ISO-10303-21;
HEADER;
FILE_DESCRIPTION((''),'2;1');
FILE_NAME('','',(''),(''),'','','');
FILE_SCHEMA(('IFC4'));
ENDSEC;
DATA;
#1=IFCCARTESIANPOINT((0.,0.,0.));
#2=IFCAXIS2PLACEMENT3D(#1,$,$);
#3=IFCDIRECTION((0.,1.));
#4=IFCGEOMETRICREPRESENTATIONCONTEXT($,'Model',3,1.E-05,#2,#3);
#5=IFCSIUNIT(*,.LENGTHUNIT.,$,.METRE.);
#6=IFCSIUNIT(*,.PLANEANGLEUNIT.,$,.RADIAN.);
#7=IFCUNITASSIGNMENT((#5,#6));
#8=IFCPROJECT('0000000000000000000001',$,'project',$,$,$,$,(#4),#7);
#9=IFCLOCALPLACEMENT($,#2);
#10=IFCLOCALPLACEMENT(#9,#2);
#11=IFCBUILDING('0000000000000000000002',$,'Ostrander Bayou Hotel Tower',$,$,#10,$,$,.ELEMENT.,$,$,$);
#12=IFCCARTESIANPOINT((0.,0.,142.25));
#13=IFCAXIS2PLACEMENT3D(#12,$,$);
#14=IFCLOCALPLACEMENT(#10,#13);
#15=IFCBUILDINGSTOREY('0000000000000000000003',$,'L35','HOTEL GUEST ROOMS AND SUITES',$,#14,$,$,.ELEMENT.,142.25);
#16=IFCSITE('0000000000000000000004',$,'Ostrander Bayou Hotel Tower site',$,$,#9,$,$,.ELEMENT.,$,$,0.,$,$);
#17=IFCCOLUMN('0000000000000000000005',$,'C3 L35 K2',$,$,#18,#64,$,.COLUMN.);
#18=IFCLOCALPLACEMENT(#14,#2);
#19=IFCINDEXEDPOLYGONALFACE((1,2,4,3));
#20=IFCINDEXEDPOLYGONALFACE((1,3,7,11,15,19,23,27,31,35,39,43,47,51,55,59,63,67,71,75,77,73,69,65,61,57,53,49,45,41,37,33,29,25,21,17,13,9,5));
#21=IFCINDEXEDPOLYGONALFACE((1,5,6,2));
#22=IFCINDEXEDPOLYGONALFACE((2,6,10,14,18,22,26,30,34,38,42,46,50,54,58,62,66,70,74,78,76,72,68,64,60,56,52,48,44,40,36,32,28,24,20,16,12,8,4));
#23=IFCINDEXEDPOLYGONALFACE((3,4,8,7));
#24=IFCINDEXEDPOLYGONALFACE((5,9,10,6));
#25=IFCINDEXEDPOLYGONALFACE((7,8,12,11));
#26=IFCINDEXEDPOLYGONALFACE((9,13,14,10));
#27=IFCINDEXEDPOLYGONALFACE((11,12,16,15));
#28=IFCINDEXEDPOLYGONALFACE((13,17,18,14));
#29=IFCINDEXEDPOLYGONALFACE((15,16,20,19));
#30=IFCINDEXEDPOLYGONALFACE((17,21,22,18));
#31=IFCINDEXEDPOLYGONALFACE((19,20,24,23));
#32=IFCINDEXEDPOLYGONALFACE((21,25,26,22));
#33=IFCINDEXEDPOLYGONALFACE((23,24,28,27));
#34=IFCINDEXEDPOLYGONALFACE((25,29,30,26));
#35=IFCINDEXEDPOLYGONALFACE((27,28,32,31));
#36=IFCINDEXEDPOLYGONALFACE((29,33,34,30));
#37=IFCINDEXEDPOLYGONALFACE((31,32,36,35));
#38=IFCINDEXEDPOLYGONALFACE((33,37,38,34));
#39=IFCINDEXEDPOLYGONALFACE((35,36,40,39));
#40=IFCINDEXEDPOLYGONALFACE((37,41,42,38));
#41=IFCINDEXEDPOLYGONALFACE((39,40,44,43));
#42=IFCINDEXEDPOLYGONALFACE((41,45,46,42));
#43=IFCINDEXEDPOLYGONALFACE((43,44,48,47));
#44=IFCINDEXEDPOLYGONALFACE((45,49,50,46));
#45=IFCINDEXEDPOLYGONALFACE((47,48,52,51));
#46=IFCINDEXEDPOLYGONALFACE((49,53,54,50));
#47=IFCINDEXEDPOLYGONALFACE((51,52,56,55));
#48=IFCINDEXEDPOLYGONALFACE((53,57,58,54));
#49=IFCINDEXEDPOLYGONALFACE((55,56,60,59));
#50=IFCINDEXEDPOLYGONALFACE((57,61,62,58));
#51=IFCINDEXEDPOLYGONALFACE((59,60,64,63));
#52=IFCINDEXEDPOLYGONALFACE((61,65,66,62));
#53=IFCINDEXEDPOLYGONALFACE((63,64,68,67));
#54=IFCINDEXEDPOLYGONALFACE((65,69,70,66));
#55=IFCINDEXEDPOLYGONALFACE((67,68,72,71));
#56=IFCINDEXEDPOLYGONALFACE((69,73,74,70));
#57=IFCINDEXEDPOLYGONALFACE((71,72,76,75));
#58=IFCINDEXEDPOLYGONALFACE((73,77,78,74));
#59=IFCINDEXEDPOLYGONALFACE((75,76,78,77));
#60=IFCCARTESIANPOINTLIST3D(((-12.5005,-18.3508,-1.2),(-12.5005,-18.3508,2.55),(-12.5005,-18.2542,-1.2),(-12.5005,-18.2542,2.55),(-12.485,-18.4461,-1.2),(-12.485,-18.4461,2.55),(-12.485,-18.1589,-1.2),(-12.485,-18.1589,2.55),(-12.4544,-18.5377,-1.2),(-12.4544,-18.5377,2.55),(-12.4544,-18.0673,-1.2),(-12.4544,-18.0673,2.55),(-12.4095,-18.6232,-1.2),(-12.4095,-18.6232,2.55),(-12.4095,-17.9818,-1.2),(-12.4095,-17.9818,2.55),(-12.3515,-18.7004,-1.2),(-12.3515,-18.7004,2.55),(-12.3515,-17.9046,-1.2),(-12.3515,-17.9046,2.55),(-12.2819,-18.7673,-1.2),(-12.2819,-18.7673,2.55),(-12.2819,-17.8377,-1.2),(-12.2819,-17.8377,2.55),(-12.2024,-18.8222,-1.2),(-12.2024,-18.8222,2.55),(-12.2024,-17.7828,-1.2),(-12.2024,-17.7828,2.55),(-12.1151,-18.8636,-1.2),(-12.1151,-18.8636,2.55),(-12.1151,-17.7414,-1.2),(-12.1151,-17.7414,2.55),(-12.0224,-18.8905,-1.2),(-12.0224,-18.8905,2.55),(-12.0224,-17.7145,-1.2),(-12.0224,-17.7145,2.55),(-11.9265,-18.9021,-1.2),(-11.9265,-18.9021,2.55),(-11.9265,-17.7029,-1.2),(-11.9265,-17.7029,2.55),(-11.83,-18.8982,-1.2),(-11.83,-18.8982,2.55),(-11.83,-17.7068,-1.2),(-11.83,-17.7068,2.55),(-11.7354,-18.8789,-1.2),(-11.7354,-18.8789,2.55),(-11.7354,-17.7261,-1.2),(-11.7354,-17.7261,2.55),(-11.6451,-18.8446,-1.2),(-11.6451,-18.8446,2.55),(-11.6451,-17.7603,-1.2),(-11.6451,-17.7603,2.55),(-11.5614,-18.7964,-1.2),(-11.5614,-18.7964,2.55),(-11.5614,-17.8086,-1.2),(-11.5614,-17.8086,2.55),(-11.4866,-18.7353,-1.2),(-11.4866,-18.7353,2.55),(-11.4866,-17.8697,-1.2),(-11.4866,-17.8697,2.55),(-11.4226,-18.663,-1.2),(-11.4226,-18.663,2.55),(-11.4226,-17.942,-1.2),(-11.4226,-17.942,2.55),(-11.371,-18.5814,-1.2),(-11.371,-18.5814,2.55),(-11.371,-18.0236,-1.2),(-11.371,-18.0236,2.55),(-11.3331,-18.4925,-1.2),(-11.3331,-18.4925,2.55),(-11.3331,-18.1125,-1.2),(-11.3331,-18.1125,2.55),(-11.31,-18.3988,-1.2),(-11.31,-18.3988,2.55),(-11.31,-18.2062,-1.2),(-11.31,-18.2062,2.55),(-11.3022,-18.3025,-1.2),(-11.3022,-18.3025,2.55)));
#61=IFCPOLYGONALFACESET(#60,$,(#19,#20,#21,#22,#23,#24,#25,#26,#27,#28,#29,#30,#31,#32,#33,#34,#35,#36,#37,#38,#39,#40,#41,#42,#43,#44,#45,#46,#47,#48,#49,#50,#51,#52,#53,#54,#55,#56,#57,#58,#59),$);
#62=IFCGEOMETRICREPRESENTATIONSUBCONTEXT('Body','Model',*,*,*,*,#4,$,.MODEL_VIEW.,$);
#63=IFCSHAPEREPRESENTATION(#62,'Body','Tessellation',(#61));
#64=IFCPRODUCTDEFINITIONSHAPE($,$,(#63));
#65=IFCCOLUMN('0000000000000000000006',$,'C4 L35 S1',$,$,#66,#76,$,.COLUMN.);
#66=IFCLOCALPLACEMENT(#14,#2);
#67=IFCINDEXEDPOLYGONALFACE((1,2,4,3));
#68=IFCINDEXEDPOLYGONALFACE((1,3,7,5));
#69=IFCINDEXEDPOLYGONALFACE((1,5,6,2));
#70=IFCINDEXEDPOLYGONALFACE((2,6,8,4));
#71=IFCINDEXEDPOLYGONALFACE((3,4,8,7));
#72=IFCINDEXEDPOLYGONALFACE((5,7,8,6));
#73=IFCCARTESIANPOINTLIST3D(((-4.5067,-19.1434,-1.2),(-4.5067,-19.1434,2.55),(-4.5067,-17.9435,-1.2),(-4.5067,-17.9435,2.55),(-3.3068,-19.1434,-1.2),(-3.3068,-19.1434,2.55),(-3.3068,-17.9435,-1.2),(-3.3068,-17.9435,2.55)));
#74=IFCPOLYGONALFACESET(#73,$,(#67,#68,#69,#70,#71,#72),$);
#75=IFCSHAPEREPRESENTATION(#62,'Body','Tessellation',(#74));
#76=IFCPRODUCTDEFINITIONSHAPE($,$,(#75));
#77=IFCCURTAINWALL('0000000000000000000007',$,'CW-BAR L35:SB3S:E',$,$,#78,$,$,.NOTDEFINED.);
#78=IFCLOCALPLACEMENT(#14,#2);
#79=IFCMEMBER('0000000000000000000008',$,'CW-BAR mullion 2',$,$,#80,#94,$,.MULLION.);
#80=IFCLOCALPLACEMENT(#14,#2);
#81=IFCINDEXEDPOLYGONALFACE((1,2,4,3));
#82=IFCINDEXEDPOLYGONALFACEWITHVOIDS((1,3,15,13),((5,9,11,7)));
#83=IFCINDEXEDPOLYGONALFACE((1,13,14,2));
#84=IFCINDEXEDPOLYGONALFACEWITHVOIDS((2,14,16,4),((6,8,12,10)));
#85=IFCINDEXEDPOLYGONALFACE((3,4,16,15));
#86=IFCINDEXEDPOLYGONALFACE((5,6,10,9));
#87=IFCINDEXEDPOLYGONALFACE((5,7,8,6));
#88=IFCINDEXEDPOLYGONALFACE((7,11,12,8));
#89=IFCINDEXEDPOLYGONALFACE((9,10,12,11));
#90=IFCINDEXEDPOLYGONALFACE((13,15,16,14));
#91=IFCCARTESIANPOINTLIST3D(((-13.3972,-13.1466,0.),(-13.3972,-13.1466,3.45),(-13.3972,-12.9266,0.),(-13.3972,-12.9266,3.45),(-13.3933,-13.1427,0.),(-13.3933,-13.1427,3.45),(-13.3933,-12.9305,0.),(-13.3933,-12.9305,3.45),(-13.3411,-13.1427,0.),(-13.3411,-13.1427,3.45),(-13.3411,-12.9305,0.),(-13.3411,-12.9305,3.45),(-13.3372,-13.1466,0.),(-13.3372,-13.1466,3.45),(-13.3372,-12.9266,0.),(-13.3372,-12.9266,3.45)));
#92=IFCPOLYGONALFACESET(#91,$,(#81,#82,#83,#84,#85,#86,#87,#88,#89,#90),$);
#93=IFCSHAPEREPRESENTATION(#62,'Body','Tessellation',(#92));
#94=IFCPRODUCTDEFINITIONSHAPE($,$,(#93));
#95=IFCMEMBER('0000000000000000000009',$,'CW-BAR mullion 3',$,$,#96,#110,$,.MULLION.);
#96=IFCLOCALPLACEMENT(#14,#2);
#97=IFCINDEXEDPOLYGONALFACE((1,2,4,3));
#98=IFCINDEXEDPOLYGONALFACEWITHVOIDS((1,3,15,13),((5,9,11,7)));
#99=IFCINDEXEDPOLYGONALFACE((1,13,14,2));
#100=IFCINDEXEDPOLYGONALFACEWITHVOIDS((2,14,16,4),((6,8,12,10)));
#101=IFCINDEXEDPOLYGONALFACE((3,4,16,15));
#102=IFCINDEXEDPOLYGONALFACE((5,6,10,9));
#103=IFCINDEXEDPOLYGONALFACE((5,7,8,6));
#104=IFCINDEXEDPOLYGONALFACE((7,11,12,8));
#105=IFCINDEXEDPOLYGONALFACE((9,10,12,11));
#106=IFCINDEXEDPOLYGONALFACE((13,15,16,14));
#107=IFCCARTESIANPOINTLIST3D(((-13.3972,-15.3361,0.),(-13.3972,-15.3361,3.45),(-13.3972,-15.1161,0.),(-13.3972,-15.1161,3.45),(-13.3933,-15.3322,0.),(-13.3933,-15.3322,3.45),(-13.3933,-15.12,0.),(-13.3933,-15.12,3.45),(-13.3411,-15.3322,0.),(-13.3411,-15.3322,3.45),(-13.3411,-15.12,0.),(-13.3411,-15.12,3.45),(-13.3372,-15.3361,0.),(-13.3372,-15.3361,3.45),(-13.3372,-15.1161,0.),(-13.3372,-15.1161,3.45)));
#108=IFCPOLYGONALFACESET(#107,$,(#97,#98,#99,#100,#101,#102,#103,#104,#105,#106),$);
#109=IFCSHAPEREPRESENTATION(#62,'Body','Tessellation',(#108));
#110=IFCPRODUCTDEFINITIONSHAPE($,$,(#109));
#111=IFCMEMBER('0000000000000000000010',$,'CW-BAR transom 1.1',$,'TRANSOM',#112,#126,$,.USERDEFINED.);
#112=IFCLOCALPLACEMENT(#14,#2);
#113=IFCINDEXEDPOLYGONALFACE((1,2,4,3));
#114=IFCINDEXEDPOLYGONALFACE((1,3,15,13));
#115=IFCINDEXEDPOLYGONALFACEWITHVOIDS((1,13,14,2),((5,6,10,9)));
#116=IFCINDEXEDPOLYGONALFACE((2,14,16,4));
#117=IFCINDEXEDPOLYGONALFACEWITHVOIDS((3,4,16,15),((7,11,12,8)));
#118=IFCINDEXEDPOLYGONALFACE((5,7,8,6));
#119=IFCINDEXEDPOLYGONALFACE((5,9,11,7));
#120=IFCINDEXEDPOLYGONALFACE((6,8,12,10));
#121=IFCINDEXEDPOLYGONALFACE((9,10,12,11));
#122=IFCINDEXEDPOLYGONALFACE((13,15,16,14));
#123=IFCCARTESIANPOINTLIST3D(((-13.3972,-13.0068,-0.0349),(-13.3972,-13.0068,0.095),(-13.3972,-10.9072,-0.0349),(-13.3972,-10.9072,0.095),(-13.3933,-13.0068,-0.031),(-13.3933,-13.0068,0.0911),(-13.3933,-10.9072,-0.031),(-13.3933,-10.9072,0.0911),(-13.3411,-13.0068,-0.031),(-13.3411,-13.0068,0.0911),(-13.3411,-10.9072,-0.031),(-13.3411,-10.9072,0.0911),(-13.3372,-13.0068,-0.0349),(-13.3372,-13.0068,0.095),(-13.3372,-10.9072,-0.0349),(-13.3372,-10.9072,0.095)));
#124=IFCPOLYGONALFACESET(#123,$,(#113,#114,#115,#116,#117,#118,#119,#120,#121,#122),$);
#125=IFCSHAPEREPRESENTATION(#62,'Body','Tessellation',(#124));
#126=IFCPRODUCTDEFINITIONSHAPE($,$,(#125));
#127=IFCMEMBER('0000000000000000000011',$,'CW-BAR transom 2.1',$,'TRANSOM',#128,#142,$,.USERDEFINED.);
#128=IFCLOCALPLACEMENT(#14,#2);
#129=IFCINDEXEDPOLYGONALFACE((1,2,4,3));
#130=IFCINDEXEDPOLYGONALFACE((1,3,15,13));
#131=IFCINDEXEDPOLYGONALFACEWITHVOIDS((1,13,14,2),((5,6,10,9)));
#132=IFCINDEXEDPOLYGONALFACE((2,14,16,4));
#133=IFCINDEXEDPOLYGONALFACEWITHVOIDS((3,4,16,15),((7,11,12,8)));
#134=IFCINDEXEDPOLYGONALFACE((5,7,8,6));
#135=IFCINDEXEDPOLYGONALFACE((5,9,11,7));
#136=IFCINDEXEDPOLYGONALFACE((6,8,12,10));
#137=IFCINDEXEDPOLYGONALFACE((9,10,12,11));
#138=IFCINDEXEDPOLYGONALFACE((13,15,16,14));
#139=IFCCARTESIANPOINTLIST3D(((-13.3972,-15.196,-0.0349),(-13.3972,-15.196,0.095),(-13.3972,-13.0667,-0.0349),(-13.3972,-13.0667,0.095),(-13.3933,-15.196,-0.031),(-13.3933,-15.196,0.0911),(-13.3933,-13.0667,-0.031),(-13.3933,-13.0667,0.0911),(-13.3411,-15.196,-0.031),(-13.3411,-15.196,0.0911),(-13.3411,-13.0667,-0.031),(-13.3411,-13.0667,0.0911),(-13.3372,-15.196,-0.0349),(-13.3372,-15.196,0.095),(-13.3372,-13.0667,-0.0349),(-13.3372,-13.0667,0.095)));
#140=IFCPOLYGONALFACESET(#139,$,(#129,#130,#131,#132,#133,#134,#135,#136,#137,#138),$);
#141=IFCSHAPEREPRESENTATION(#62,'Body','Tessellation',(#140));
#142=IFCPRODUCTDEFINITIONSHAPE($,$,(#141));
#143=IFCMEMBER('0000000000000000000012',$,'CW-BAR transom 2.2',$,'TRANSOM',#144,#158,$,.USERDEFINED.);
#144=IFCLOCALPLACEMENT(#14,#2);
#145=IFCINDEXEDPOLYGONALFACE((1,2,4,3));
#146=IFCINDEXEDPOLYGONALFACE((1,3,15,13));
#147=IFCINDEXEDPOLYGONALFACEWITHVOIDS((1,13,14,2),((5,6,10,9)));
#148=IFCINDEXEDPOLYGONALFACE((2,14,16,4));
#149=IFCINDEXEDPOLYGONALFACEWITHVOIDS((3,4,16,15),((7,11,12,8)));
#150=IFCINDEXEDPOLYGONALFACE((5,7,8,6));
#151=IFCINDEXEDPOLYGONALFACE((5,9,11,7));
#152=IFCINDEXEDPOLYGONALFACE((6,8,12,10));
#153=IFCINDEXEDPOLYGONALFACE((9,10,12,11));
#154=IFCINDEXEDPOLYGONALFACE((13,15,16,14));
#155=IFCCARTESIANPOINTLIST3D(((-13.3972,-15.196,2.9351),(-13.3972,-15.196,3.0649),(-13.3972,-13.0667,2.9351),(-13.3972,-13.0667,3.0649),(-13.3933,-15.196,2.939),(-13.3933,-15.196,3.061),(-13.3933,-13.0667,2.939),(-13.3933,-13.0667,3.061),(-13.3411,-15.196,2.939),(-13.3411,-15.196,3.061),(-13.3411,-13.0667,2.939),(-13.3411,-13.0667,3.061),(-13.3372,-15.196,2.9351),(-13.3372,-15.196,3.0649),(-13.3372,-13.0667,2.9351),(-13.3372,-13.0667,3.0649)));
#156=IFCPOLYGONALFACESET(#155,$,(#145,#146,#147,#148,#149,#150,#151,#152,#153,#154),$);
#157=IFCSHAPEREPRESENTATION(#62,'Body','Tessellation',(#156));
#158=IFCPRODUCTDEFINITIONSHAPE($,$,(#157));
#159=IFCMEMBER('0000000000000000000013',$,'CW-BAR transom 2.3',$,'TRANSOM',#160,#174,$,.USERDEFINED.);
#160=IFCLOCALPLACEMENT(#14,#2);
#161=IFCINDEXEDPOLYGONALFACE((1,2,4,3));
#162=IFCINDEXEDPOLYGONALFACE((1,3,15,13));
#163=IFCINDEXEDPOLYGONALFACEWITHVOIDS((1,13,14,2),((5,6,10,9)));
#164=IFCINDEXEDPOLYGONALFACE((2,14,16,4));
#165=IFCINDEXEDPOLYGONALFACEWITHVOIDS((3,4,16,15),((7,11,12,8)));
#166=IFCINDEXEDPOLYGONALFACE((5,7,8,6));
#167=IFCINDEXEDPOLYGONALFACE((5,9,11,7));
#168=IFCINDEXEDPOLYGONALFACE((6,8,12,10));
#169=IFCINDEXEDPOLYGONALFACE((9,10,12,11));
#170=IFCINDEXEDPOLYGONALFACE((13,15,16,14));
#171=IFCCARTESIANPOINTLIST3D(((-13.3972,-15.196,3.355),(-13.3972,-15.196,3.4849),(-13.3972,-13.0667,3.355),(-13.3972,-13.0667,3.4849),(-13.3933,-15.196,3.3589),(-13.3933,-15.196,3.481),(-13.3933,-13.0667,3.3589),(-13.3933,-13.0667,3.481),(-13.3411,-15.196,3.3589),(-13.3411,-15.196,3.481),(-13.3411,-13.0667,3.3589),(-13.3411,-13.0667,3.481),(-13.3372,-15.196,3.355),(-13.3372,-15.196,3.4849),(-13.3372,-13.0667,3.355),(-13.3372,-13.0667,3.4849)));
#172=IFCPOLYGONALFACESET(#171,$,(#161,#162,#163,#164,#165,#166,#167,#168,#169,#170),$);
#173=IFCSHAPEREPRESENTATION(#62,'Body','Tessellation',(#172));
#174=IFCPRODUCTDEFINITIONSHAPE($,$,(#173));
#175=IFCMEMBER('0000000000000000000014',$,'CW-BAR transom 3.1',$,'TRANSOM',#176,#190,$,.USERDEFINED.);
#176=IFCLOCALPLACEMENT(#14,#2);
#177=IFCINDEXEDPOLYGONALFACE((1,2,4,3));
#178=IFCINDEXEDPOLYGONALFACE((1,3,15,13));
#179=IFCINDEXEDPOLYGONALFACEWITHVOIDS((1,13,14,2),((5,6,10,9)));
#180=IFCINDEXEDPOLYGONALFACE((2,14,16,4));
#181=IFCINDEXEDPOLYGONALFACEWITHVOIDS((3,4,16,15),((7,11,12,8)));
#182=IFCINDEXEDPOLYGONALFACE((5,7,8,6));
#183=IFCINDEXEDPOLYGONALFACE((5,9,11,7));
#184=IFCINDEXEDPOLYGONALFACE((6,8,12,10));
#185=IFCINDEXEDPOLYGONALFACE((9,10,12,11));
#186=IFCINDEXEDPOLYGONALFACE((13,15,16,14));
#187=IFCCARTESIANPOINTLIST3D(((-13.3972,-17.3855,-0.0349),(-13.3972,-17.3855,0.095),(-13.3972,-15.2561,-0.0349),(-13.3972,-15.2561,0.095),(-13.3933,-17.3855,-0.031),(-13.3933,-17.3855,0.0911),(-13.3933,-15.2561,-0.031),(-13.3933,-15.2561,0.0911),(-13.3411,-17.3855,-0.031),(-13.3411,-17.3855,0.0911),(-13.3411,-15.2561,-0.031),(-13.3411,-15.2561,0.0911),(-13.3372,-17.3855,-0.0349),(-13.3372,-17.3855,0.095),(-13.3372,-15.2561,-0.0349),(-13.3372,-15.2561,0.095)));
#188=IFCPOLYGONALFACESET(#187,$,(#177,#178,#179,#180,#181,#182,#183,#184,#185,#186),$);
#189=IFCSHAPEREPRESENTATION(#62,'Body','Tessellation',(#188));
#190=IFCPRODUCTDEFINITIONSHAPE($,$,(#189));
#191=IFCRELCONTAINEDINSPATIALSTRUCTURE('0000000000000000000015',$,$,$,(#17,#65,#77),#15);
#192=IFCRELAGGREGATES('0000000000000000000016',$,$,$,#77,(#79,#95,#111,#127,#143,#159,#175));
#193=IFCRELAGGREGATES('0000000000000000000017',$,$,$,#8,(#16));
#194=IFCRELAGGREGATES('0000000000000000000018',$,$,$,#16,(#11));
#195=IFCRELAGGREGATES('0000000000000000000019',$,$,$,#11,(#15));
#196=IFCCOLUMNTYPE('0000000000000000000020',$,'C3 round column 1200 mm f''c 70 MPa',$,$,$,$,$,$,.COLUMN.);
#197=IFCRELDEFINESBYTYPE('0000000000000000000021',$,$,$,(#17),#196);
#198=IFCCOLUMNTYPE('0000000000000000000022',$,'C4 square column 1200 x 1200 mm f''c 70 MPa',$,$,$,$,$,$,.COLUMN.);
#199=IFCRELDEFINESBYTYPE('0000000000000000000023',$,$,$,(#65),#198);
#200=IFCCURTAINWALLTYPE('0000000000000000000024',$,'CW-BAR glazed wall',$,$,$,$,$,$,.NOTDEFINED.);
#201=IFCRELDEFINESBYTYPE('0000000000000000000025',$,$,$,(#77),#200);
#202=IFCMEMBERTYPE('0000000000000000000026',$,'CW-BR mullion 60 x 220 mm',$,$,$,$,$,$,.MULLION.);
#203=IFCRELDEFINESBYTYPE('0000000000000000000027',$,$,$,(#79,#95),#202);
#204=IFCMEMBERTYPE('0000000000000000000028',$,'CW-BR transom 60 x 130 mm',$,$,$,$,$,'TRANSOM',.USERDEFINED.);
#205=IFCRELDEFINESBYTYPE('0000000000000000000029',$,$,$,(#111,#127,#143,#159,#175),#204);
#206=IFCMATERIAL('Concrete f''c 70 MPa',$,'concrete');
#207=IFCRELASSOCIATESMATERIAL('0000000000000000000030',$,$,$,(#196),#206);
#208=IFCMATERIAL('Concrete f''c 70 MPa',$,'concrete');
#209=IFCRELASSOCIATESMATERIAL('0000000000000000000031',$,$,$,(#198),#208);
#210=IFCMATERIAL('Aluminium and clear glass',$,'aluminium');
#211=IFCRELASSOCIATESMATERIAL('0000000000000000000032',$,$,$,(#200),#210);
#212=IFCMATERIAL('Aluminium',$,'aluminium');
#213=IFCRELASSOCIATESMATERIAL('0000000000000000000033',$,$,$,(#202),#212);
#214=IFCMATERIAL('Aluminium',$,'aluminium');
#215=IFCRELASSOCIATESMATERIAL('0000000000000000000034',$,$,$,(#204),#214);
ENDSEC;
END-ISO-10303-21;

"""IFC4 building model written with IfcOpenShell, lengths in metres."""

from ifc_helpers import new_model, si_unit, direction, frame, origin, origin_2d, place, context, subcontext, project, spatial, rectangle, hollow_rectangle, circle, extrude, material, material_profile, profile_set, type_object, element, aggregate, save


model = new_model("IFC4")

# Units and contexts
model_context = context("Model", 3, precision=1e-05, world=origin(), true_north=direction((0.0, 1.0)))
body_context = subcontext(model_context, "Body", "Model", "MODEL_VIEW")
ifc_project = project(units=[si_unit("LENGTHUNIT", "METRE"), si_unit("PLANEANGLEUNIT", "RADIAN")], contexts=[model_context])

# Site, building, storey
site_placement = place(None, origin())
site = spatial("IfcSite", under=ifc_project, at=site_placement, Name="Ostrander Bayou Hotel Tower site", CompositionType="ELEMENT", RefElevation=0.0)
building_placement = place(site_placement, origin())
building = spatial("IfcBuilding", under=site, at=building_placement, Name="Ostrander Bayou Hotel Tower", CompositionType="ELEMENT")
storey_placement = place(building_placement, frame((0.0, 0.0, 142.25)))
storey = spatial("IfcBuildingStorey", under=building, at=storey_placement, Name="L35", Description="HOTEL GUEST ROOMS AND SUITES", CompositionType="ELEMENT", Elevation=142.25)

# Columns
ifc_material_1 = material(Name="Concrete f'c 70 MPa", Category="concrete")
ifc_material_profile_1 = material_profile(ifc_material_1, circle(Radius=0.6001, at=origin_2d()))
ifc_profile_set_1 = profile_set([ifc_material_profile_1], Name="Concrete f'c 70 MPa")
column_type_1 = type_object("IfcColumnType", Name="C3 round column 1200 mm f'c 70 MPa", PredefinedType="COLUMN", material=ifc_profile_set_1)
column_1_placement = place(storey_placement, frame((-11.9023, -18.3025, -1.2), z_axis=(0.0, 0.0, 1.0), x_axis=(1.0, 0.0, 0.0)))
element("IfcColumn", 1, at=column_1_placement, inside=storey, type_object=column_type_1, Name="C3 L35 K2", PredefinedType="COLUMN", context=body_context, shape_type="SweptSolid", body=[
    extrude(circle(Radius=0.6001, at=origin_2d()), origin(), (0.0, 0.0, 1.0), 3.75),
])
ifc_material_2 = material(Name="Concrete f'c 70 MPa", Category="concrete")
ifc_material_profile_2 = material_profile(ifc_material_2, rectangle(XDim=1.2, YDim=1.2, at=origin_2d()))
ifc_profile_set_2 = profile_set([ifc_material_profile_2], Name="Concrete f'c 70 MPa")
column_type_2 = type_object("IfcColumnType", Name="C4 square column 1200 x 1200 mm f'c 70 MPa", PredefinedType="COLUMN", material=ifc_profile_set_2)
column_2_placement = place(storey_placement, frame((-3.9067, -18.5435, -1.2), z_axis=(0.0, 0.0, 1.0), x_axis=(-1.0, 0.0, 0.0)))
element("IfcColumn", 2, at=column_2_placement, inside=storey, type_object=column_type_2, Name="C4 L35 S1", PredefinedType="COLUMN", context=body_context, shape_type="SweptSolid", body=[
    extrude(rectangle(XDim=1.2, YDim=1.2, at=origin_2d()), origin(), (0.0, 0.0, 1.0), 3.75),
])

# Curtain wall, members
ifc_material_3 = material(Name="Aluminium and clear glass", Category="aluminium")
curtain_wall_type = type_object("IfcCurtainWallType", Name="CW-BAR glazed wall", PredefinedType="NOTDEFINED", material=ifc_material_3)
curtain_wall_placement = place(storey_placement, origin())
curtain_wall = element("IfcCurtainWall", 3, at=curtain_wall_placement, inside=storey, type_object=curtain_wall_type, Name="CW-BAR L35:SB3S:E", PredefinedType="NOTDEFINED")
ifc_material_4 = material(Name="Aluminium", Category="aluminium")
ifc_material_profile_3 = material_profile(ifc_material_4, hollow_rectangle(XDim=0.0601, YDim=0.22, WallThickness=0.0039, at=origin_2d()))
ifc_profile_set_3 = profile_set([ifc_material_profile_3], Name="Aluminium")
member_type_1 = type_object("IfcMemberType", Name="CW-BR mullion 60 x 220 mm", PredefinedType="MULLION", material=ifc_profile_set_3)
member_1_placement = place(storey_placement, frame((-13.3672, -13.0366, 0.0), z_axis=(0.0, 0.0, 1.0), x_axis=(1.0, 0.0, 0.0)))
member_1 = element("IfcMember", 4, at=member_1_placement, type_object=member_type_1, Name="CW-BAR mullion 2", PredefinedType="MULLION", context=body_context, shape_type="SweptSolid", body=[
    extrude(hollow_rectangle(XDim=0.0601, YDim=0.22, WallThickness=0.0039, at=origin_2d()), origin(), (0.0, 0.0, 1.0), 3.45),
])
member_2_placement = place(storey_placement, frame((-13.3672, -15.2261, 0.0), z_axis=(0.0, 0.0, 1.0), x_axis=(1.0, 0.0, 0.0)))
member_2 = element("IfcMember", 5, at=member_2_placement, type_object=member_type_1, Name="CW-BAR mullion 3", PredefinedType="MULLION", context=body_context, shape_type="SweptSolid", body=[
    extrude(hollow_rectangle(XDim=0.0601, YDim=0.22, WallThickness=0.0039, at=origin_2d()), origin(), (0.0, 0.0, 1.0), 3.45),
])
ifc_material_5 = material(Name="Aluminium", Category="aluminium")
ifc_material_profile_4 = material_profile(ifc_material_5, hollow_rectangle(XDim=0.0601, YDim=0.1299, WallThickness=0.0039, at=origin_2d()))
ifc_profile_set_4 = profile_set([ifc_material_profile_4], Name="Aluminium")
member_type_2 = type_object("IfcMemberType", Name="CW-BR transom 60 x 130 mm", ElementType="TRANSOM", PredefinedType="USERDEFINED", material=ifc_profile_set_4)
member_3_placement = place(storey_placement, frame((-13.3672, -10.9072, 0.03), z_axis=(0.0, -1.0, 0.0), x_axis=(1.0, 0.0, 0.0)))
member_3 = element("IfcMember", 6, at=member_3_placement, type_object=member_type_2, Name="CW-BAR transom 1.1", ObjectType="TRANSOM", PredefinedType="USERDEFINED", context=body_context, shape_type="SweptSolid", body=[
    extrude(hollow_rectangle(XDim=0.0601, YDim=0.1299, WallThickness=0.0039, at=origin_2d()), origin(), (0.0, 0.0, 1.0), 2.0996),
])
member_4_placement = place(storey_placement, frame((-13.3672, -13.0667, 0.03), z_axis=(0.0, -1.0, 0.0), x_axis=(1.0, 0.0, 0.0)))
member_4 = element("IfcMember", 7, at=member_4_placement, type_object=member_type_2, Name="CW-BAR transom 2.1", ObjectType="TRANSOM", PredefinedType="USERDEFINED", context=body_context, shape_type="SweptSolid", body=[
    extrude(hollow_rectangle(XDim=0.0601, YDim=0.1299, WallThickness=0.0039, at=origin_2d()), origin(), (0.0, 0.0, 1.0), 2.1294),
])
member_5_placement = place(storey_placement, frame((-13.3672, -13.0667, 3.0), z_axis=(0.0, -1.0, 0.0), x_axis=(1.0, 0.0, 0.0)))
member_5 = element("IfcMember", 8, at=member_5_placement, type_object=member_type_2, Name="CW-BAR transom 2.2", ObjectType="TRANSOM", PredefinedType="USERDEFINED", context=body_context, shape_type="SweptSolid", body=[
    extrude(hollow_rectangle(XDim=0.0601, YDim=0.1299, WallThickness=0.0039, at=origin_2d()), origin(), (0.0, 0.0, 1.0), 2.1294),
])
member_6_placement = place(storey_placement, frame((-13.3672, -13.0667, 3.4199), z_axis=(0.0, -1.0, 0.0), x_axis=(1.0, 0.0, 0.0)))
member_6 = element("IfcMember", 9, at=member_6_placement, type_object=member_type_2, Name="CW-BAR transom 2.3", ObjectType="TRANSOM", PredefinedType="USERDEFINED", context=body_context, shape_type="SweptSolid", body=[
    extrude(hollow_rectangle(XDim=0.0601, YDim=0.1299, WallThickness=0.0039, at=origin_2d()), origin(), (0.0, 0.0, 1.0), 2.1294),
])
member_7_placement = place(storey_placement, frame((-13.3672, -15.2561, 0.03), z_axis=(0.0, -1.0, 0.0), x_axis=(1.0, 0.0, 0.0)))
member_7 = element("IfcMember", 10, at=member_7_placement, type_object=member_type_2, Name="CW-BAR transom 3.1", ObjectType="TRANSOM", PredefinedType="USERDEFINED", context=body_context, shape_type="SweptSolid", body=[
    extrude(hollow_rectangle(XDim=0.0601, YDim=0.1299, WallThickness=0.0039, at=origin_2d()), origin(), (0.0, 0.0, 1.0), 2.1294),
])
aggregate(curtain_wall, [member_1, member_2, member_3, member_4, member_5, member_6, member_7])

save(model, "model.ifc")
